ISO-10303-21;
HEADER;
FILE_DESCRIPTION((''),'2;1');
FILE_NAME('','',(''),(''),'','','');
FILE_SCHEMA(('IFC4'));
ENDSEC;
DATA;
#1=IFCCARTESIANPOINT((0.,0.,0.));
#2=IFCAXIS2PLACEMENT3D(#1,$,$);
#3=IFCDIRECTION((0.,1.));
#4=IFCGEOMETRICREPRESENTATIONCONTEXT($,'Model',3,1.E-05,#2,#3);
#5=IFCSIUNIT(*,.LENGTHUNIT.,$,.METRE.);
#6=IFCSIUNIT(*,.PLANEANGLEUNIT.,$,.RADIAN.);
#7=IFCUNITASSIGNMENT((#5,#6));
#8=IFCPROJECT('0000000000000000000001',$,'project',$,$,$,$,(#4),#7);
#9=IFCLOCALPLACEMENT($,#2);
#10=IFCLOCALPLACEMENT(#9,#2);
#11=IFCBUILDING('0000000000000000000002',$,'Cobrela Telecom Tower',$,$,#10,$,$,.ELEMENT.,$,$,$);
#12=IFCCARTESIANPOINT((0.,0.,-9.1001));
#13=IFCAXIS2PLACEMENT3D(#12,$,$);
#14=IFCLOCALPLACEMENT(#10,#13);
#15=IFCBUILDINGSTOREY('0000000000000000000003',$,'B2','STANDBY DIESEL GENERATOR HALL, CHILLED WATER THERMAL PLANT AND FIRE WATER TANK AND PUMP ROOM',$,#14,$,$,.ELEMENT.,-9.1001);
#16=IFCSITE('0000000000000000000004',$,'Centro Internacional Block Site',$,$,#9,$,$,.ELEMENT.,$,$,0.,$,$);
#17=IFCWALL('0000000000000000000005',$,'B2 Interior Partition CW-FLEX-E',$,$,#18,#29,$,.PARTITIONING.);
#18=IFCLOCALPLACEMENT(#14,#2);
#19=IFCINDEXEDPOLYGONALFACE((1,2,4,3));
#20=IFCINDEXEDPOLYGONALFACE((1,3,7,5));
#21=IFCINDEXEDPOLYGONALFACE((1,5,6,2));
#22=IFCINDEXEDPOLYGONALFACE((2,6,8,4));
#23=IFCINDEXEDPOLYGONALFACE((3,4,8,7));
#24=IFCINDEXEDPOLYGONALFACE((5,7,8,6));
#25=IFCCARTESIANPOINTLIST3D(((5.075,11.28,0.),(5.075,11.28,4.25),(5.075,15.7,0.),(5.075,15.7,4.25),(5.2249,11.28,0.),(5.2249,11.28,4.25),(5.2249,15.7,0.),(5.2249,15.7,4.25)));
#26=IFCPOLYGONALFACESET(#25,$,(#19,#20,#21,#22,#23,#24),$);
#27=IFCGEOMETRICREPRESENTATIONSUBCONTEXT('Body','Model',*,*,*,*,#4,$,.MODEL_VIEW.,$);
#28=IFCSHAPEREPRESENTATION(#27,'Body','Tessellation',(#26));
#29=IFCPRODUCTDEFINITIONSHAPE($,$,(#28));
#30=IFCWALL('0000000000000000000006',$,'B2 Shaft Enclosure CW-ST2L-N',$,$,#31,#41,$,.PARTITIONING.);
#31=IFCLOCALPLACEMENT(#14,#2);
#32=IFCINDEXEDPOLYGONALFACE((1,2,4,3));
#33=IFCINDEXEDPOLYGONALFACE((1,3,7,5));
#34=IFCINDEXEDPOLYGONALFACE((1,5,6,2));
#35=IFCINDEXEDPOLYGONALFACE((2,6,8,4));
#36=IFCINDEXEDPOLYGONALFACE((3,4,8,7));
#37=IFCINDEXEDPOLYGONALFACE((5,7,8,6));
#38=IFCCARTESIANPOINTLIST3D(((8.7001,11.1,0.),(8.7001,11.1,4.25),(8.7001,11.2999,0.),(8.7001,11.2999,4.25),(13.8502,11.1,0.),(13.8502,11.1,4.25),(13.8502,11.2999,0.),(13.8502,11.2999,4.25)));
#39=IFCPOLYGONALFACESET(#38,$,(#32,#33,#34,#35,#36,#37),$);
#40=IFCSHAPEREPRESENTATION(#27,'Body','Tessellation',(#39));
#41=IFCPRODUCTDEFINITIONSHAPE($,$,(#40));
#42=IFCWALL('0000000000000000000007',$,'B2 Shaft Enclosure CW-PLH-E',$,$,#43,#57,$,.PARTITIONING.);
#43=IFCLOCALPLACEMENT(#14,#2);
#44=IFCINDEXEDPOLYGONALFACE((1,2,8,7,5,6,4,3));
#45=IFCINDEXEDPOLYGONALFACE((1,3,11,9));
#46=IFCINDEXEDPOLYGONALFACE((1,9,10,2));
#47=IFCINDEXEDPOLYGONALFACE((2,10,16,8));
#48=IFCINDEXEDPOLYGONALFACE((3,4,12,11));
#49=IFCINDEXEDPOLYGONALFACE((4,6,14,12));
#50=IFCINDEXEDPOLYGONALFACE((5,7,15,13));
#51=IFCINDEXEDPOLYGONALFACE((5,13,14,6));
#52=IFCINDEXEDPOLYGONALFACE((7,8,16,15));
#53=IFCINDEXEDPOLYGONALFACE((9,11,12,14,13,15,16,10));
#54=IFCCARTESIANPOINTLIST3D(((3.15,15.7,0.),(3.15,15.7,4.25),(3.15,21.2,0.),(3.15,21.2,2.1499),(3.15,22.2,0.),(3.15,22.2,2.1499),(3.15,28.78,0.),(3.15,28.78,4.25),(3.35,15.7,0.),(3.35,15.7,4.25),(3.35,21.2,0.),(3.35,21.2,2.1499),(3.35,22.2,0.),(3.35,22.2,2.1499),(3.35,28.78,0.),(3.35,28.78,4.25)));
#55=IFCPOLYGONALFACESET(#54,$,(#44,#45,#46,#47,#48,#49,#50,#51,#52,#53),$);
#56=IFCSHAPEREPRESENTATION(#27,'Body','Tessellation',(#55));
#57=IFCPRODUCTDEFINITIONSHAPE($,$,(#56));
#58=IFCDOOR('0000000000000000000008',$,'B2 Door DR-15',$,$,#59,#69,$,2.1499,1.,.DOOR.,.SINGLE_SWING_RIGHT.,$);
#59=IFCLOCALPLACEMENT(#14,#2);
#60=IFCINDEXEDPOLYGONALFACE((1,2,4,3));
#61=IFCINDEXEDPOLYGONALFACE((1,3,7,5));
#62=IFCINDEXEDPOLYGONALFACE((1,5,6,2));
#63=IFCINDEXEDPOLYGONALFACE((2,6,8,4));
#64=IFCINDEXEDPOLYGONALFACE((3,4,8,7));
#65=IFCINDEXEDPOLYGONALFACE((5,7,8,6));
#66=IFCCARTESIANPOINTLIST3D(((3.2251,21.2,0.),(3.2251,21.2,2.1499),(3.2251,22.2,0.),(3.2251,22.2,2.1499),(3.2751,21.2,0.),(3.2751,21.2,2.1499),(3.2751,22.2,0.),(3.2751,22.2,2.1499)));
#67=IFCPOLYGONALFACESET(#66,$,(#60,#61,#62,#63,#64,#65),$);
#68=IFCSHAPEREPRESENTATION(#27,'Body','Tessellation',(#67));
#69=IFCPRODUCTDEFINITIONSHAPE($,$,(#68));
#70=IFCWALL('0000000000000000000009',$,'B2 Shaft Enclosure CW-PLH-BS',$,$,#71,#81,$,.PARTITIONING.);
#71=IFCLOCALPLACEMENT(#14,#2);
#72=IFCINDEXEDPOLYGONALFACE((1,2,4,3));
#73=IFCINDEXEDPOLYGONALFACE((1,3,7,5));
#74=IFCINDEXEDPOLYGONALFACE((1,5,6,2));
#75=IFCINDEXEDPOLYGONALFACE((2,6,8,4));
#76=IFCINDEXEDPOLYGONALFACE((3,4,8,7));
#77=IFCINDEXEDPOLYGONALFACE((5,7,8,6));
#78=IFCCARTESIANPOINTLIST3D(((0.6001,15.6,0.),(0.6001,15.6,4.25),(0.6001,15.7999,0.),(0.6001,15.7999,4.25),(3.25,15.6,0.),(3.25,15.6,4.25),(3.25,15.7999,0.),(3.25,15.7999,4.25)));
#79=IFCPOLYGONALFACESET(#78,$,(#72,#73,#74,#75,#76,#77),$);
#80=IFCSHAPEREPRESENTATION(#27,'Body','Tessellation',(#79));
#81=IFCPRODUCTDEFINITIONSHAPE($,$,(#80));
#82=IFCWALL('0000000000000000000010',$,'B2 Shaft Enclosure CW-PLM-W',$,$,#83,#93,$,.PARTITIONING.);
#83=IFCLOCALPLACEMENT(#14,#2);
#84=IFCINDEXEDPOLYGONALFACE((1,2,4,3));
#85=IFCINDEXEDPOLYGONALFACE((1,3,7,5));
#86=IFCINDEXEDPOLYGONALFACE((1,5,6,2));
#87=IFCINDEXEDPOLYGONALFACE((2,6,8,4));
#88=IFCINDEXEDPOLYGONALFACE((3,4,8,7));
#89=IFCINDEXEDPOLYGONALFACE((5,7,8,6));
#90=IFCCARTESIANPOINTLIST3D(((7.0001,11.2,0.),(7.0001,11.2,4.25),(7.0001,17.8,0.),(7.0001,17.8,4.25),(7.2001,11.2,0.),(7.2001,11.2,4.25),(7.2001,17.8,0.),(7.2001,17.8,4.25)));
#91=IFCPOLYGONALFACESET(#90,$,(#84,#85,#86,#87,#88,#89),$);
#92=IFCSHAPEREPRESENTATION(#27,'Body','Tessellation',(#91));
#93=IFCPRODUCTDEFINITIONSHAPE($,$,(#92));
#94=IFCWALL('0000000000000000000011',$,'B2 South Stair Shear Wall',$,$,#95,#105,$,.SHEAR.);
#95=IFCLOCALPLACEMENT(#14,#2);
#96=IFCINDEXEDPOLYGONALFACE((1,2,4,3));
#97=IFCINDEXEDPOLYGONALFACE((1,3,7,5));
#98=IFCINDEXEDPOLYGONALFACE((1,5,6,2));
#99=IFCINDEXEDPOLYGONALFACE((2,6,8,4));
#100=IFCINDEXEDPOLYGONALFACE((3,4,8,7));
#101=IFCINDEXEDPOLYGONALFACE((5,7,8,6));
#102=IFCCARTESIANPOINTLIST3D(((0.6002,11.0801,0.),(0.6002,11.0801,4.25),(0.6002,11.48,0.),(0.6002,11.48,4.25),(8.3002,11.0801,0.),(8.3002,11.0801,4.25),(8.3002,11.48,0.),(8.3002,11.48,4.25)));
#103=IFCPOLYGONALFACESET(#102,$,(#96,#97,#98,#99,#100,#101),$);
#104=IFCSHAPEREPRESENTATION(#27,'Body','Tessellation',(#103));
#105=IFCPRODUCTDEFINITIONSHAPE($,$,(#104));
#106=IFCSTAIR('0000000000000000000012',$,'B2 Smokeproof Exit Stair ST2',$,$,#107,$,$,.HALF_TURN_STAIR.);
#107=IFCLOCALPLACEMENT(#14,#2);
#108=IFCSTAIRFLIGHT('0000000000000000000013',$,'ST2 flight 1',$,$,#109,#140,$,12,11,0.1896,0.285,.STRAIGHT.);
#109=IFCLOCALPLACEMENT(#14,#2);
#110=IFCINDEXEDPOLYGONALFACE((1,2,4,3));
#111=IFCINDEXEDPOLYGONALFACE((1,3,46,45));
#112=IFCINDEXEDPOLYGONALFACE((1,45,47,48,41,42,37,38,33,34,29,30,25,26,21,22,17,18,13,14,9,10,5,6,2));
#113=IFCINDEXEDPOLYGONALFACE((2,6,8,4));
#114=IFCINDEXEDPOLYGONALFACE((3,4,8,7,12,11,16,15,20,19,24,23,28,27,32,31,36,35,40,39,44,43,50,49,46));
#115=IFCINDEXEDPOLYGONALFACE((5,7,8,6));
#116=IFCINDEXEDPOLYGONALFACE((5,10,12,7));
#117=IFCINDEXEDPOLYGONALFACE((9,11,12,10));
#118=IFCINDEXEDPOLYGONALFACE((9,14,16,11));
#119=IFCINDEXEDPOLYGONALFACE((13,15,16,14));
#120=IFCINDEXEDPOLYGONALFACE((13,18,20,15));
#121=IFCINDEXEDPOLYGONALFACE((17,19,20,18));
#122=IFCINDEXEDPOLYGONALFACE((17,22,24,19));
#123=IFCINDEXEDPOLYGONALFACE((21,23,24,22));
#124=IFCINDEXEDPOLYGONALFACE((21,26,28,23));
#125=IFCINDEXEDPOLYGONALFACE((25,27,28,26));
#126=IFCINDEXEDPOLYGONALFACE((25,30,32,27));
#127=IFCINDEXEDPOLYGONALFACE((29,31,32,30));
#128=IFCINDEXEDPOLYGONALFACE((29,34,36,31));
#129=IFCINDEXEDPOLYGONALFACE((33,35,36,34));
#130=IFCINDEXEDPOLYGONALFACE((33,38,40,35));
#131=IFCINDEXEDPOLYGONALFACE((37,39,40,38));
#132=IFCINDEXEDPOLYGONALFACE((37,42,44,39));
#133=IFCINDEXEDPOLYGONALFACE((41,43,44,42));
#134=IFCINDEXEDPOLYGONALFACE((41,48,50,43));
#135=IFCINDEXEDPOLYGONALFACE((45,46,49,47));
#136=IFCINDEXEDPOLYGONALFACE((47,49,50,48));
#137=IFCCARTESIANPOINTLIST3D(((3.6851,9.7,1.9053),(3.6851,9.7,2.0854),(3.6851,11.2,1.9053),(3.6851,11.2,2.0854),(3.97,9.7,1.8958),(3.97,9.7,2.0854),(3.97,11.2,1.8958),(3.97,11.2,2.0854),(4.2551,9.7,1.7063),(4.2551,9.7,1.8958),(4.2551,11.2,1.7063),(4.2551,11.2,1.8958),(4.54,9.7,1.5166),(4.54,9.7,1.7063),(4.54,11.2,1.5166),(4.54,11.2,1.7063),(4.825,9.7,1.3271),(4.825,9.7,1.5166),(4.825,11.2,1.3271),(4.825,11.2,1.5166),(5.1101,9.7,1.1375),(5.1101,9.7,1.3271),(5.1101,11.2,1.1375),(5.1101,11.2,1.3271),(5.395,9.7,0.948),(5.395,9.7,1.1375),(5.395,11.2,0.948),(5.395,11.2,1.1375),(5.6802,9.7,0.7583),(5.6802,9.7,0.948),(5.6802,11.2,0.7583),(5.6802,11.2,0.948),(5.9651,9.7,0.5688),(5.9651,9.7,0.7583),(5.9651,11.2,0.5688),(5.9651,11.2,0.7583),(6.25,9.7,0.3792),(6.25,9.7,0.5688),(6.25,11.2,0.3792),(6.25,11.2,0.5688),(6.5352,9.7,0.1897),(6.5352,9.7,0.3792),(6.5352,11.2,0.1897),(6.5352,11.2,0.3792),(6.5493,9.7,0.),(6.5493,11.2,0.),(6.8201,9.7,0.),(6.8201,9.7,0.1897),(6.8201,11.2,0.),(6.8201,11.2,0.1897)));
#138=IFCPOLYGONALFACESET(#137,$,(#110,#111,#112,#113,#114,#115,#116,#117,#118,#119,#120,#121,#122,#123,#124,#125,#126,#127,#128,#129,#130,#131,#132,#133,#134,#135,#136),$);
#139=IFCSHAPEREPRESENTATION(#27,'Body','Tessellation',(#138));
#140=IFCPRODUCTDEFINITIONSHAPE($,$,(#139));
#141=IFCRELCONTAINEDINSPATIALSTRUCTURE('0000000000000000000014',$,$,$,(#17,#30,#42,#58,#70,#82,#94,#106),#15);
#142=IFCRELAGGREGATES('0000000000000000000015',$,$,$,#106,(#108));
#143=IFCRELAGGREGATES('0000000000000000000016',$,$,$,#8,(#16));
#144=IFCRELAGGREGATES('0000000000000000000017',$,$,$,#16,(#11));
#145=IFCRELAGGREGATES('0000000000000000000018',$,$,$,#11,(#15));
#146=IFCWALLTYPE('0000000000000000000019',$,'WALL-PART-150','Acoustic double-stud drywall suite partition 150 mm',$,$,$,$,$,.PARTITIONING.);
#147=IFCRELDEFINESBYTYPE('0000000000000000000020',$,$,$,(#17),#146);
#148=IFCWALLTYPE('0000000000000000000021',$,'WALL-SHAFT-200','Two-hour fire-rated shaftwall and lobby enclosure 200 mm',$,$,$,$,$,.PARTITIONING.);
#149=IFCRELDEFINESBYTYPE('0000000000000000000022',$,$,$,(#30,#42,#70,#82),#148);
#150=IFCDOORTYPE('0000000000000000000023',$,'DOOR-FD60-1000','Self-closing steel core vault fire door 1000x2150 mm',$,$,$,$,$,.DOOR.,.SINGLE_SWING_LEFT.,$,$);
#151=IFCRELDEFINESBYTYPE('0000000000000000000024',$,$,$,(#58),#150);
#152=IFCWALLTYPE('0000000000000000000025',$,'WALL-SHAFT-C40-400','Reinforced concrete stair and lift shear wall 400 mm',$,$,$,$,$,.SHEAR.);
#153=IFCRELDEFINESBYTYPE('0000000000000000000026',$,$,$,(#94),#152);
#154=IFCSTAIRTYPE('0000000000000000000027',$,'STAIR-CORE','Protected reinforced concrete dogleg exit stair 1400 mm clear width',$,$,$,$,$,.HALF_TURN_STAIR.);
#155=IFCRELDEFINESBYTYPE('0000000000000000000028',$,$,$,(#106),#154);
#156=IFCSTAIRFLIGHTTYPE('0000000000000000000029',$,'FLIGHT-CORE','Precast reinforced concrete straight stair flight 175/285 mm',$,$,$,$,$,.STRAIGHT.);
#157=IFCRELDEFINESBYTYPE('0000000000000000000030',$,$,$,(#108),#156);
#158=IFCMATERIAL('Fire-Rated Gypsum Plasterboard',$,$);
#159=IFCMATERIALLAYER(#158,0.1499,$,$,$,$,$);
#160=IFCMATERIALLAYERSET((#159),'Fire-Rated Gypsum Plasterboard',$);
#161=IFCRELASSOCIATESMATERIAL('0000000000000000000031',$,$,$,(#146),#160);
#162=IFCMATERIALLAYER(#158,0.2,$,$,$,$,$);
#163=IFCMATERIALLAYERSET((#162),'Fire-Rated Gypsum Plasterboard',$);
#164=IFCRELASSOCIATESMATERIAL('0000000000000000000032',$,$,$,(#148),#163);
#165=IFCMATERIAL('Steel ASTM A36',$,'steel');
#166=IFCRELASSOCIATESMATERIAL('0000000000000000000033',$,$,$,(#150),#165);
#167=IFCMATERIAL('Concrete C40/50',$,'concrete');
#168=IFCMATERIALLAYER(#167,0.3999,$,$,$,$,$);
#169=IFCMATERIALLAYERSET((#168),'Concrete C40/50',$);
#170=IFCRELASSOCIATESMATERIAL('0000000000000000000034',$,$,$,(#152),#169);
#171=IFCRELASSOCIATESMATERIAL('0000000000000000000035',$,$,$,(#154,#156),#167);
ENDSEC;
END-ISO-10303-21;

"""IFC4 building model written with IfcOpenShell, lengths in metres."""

from ifc_helpers import new_model, si_unit, direction, frame, frame_2d, origin, place, context, subcontext, project, spatial, polyline, rectangle, outline, extrude, material, layer, layer_set, type_object, element, fill, aggregate, save


model = new_model("IFC4")

# Units and contexts
model_context = context("Model", 3, precision=1e-05, world=origin(), true_north=direction((0.0, 1.0)))
body_context = subcontext(model_context, "Body", "Model", "MODEL_VIEW")
ifc_project = project(units=[si_unit("LENGTHUNIT", "METRE"), si_unit("PLANEANGLEUNIT", "RADIAN")], contexts=[model_context])

# Site, building, storey
site_placement = place(None, origin())
site = spatial("IfcSite", under=ifc_project, at=site_placement, Name="Centro Internacional Block Site", CompositionType="ELEMENT", RefElevation=0.0)
building_placement = place(site_placement, origin())
building = spatial("IfcBuilding", under=site, at=building_placement, Name="Cobrela Telecom Tower", CompositionType="ELEMENT")
storey_placement = place(building_placement, frame((0.0, 0.0, -9.1001)))
storey = spatial("IfcBuildingStorey", under=building, at=storey_placement, Name="B2", Description="STANDBY DIESEL GENERATOR HALL, CHILLED WATER THERMAL PLANT AND FIRE WATER TANK AND PUMP ROOM", CompositionType="ELEMENT", Elevation=-9.1001)

# Shared definitions
ifc_material_1 = material(Name="Concrete C40/50", Category="concrete")

# Shared definitions
ifc_material_2 = material(Name="Fire-Rated Gypsum Plasterboard")

# Walls
ifc_layer_1 = layer(ifc_material_2, 0.1499)
ifc_layer_set_1 = layer_set([ifc_layer_1], Name="Fire-Rated Gypsum Plasterboard")
wall_type_1 = type_object("IfcWallType", Name="WALL-PART-150", Description="Acoustic double-stud drywall suite partition 150 mm", PredefinedType="PARTITIONING", material=ifc_layer_set_1)
wall_1_placement = place(storey_placement, frame((5.1499, 11.28, 0.0), z_axis=(0.0, 0.0, 1.0), x_axis=(0.0, 1.0, 0.0)))
element("IfcWall", 1, at=wall_1_placement, inside=storey, type_object=wall_type_1, Name="B2 Interior Partition CW-FLEX-E", PredefinedType="PARTITIONING", context=body_context, shape_type="SweptSolid", body=[
    extrude(rectangle(XDim=4.4199, YDim=0.1499, at=frame_2d((2.21, 0.0))), origin(), (0.0, 0.0, 1.0), 4.25),
])
ifc_layer_2 = layer(ifc_material_2, 0.2)
ifc_layer_set_2 = layer_set([ifc_layer_2], Name="Fire-Rated Gypsum Plasterboard")
wall_type_2 = type_object("IfcWallType", Name="WALL-SHAFT-200", Description="Two-hour fire-rated shaftwall and lobby enclosure 200 mm", PredefinedType="PARTITIONING", material=ifc_layer_set_2)
wall_2_placement = place(storey_placement, frame((8.7, 11.2, 0.0), z_axis=(0.0, 0.0, 1.0), x_axis=(1.0, 0.0, 0.0)))
element("IfcWall", 2, at=wall_2_placement, inside=storey, type_object=wall_type_2, Name="B2 Shaft Enclosure CW-ST2L-N", PredefinedType="PARTITIONING", context=body_context, shape_type="SweptSolid", body=[
    extrude(rectangle(XDim=5.1501, YDim=0.2, at=frame_2d((2.5752, 0.0))), origin(), (0.0, 0.0, 1.0), 4.25),
])

# Wall, opening, door
wall_3_placement = place(storey_placement, frame((3.25, 15.7, 0.0), z_axis=(0.0, 0.0, 1.0), x_axis=(0.0, 1.0, 0.0)))
wall_3 = element("IfcWall", 3, at=wall_3_placement, inside=storey, type_object=wall_type_2, Name="B2 Shaft Enclosure CW-PLH-E", PredefinedType="PARTITIONING", context=body_context, shape_type="SweptSolid", body=[
    extrude(rectangle(XDim=13.0801, YDim=0.2, at=frame_2d((6.54, 0.0))), origin(), (0.0, 0.0, 1.0), 4.25),
])
opening_1_placement = place(wall_3_placement, frame((5.5, 0.0, 0.0)))
opening_1 = element("IfcOpeningElement", 4, at=opening_1_placement, cuts=wall_3, PredefinedType="OPENING", context=body_context, shape_type="SweptSolid", body=[
    extrude(rectangle(XDim=1.0, YDim=2.1499, at=frame_2d((0.5, 1.075))), frame((0.0, 0.1118, 0.0), z_axis=(0.0, -1.0, 0.0), x_axis=(1.0, 0.0, 0.0)), (0.0, 0.0, 1.0), 0.2239),
])
ifc_material_3 = material(Name="Steel ASTM A36", Category="steel")
door_type_1 = type_object("IfcDoorType", Name="DOOR-FD60-1000", Description="Self-closing steel core vault fire door 1000x2150 mm", OperationType="SINGLE_SWING_LEFT", PredefinedType="DOOR", material=ifc_material_3)
door_1_placement = place(opening_1_placement, origin())
door_1 = element("IfcDoor", 5, at=door_1_placement, inside=storey, type_object=door_type_1, Name="B2 Door DR-15", OperationType="SINGLE_SWING_RIGHT", OverallHeight=2.1499, OverallWidth=1.0, PredefinedType="DOOR", context=body_context, shape_type="SweptSolid", body=[
    extrude(rectangle(XDim=1.0, YDim=2.1499, at=frame_2d((0.5, 1.075))), frame((0.0, 0.0249, 0.0), z_axis=(0.0, -1.0, 0.0), x_axis=(1.0, 0.0, 0.0)), (0.0, 0.0, 1.0), 0.05),
])
fill(opening_1, door_1)

# Walls
wall_4_placement = place(storey_placement, frame((0.6001, 15.7, 0.0), z_axis=(0.0, 0.0, 1.0), x_axis=(1.0, 0.0, 0.0)))
element("IfcWall", 6, at=wall_4_placement, inside=storey, type_object=wall_type_2, Name="B2 Shaft Enclosure CW-PLH-BS", PredefinedType="PARTITIONING", context=body_context, shape_type="SweptSolid", body=[
    extrude(rectangle(XDim=2.6499, YDim=0.2, at=frame_2d((1.325, 0.0))), origin(), (0.0, 0.0, 1.0), 4.25),
])
wall_5_placement = place(storey_placement, frame((7.1001, 11.2, 0.0), z_axis=(0.0, 0.0, 1.0), x_axis=(0.0, 1.0, 0.0)))
element("IfcWall", 7, at=wall_5_placement, inside=storey, type_object=wall_type_2, Name="B2 Shaft Enclosure CW-PLM-W", PredefinedType="PARTITIONING", context=body_context, shape_type="SweptSolid", body=[
    extrude(rectangle(XDim=6.6001, YDim=0.2, at=frame_2d((3.3, 0.0))), origin(), (0.0, 0.0, 1.0), 4.25),
])
ifc_layer_3 = layer(ifc_material_1, 0.3999)
ifc_layer_set_3 = layer_set([ifc_layer_3], Name="Concrete C40/50")
wall_type_3 = type_object("IfcWallType", Name="WALL-SHAFT-C40-400", Description="Reinforced concrete stair and lift shear wall 400 mm", PredefinedType="SHEAR", material=ifc_layer_set_3)
wall_6_placement = place(storey_placement, frame((0.6001, 11.28, 0.0), z_axis=(0.0, 0.0, 1.0), x_axis=(1.0, 0.0, 0.0)))
element("IfcWall", 8, at=wall_6_placement, inside=storey, type_object=wall_type_3, Name="B2 South Stair Shear Wall", PredefinedType="SHEAR", context=body_context, shape_type="SweptSolid", body=[
    extrude(rectangle(XDim=7.7, YDim=0.3999, at=frame_2d((3.8501, 0.0))), origin(), (0.0, 0.0, 1.0), 4.25),
])

# Stair, stair flight
stair_type = type_object("IfcStairType", Name="STAIR-CORE", Description="Protected reinforced concrete dogleg exit stair 1400 mm clear width", PredefinedType="HALF_TURN_STAIR", material=ifc_material_1)
stair_placement = place(storey_placement, origin())
stair = element("IfcStair", 9, at=stair_placement, inside=storey, type_object=stair_type, Name="B2 Smokeproof Exit Stair ST2", PredefinedType="HALF_TURN_STAIR")
stair_flight_type = type_object("IfcStairFlightType", Name="FLIGHT-CORE", Description="Precast reinforced concrete straight stair flight 175/285 mm", PredefinedType="STRAIGHT", material=ifc_material_1)
stair_flight_placement = place(storey_placement, frame((6.8201, 10.45, 0.0), z_axis=(0.0, 0.0, 1.0), x_axis=(-1.0, 0.0, 0.0)))
stair_flight = element("IfcStairFlight", 10, at=stair_flight_placement, type_object=stair_flight_type, Name="ST2 flight 1", NumberOfRisers=12, NumberOfTreads=11, PredefinedType="STRAIGHT", RiserHeight=0.1896, TreadLength=0.285, context=body_context, shape_type="SweptSolid", body=[
    extrude(outline(polyline([(0.0, 0.0), (0.0, 0.1897), (0.2849, 0.1897), (0.2849, 0.3792), (0.5701, 0.3792), (0.5701, 0.5688), (0.855, 0.5688), (0.855, 0.7583), (1.1399, 0.7583), (1.1399, 0.948), (1.425, 0.948), (1.425, 1.1375), (1.71, 1.1375), (1.71, 1.3271), (1.9951, 1.3271), (1.9951, 1.5166), (2.28, 1.5166), (2.28, 1.7063), (2.5649, 1.7063), (2.5649, 1.8958), (2.8501, 1.8958), (2.8501, 2.0854), (3.135, 2.0854), (3.135, 2.2749), (3.135, 1.9053), (0.2708, 0.0), (0.0, 0.0)])), frame((0.0, 0.75, 0.0), z_axis=(0.0, -1.0, 0.0), x_axis=(1.0, 0.0, 0.0)), (0.0, 0.0, 1.0), 1.5),
])
aggregate(stair, [stair_flight])

save(model, "model.ifc")
